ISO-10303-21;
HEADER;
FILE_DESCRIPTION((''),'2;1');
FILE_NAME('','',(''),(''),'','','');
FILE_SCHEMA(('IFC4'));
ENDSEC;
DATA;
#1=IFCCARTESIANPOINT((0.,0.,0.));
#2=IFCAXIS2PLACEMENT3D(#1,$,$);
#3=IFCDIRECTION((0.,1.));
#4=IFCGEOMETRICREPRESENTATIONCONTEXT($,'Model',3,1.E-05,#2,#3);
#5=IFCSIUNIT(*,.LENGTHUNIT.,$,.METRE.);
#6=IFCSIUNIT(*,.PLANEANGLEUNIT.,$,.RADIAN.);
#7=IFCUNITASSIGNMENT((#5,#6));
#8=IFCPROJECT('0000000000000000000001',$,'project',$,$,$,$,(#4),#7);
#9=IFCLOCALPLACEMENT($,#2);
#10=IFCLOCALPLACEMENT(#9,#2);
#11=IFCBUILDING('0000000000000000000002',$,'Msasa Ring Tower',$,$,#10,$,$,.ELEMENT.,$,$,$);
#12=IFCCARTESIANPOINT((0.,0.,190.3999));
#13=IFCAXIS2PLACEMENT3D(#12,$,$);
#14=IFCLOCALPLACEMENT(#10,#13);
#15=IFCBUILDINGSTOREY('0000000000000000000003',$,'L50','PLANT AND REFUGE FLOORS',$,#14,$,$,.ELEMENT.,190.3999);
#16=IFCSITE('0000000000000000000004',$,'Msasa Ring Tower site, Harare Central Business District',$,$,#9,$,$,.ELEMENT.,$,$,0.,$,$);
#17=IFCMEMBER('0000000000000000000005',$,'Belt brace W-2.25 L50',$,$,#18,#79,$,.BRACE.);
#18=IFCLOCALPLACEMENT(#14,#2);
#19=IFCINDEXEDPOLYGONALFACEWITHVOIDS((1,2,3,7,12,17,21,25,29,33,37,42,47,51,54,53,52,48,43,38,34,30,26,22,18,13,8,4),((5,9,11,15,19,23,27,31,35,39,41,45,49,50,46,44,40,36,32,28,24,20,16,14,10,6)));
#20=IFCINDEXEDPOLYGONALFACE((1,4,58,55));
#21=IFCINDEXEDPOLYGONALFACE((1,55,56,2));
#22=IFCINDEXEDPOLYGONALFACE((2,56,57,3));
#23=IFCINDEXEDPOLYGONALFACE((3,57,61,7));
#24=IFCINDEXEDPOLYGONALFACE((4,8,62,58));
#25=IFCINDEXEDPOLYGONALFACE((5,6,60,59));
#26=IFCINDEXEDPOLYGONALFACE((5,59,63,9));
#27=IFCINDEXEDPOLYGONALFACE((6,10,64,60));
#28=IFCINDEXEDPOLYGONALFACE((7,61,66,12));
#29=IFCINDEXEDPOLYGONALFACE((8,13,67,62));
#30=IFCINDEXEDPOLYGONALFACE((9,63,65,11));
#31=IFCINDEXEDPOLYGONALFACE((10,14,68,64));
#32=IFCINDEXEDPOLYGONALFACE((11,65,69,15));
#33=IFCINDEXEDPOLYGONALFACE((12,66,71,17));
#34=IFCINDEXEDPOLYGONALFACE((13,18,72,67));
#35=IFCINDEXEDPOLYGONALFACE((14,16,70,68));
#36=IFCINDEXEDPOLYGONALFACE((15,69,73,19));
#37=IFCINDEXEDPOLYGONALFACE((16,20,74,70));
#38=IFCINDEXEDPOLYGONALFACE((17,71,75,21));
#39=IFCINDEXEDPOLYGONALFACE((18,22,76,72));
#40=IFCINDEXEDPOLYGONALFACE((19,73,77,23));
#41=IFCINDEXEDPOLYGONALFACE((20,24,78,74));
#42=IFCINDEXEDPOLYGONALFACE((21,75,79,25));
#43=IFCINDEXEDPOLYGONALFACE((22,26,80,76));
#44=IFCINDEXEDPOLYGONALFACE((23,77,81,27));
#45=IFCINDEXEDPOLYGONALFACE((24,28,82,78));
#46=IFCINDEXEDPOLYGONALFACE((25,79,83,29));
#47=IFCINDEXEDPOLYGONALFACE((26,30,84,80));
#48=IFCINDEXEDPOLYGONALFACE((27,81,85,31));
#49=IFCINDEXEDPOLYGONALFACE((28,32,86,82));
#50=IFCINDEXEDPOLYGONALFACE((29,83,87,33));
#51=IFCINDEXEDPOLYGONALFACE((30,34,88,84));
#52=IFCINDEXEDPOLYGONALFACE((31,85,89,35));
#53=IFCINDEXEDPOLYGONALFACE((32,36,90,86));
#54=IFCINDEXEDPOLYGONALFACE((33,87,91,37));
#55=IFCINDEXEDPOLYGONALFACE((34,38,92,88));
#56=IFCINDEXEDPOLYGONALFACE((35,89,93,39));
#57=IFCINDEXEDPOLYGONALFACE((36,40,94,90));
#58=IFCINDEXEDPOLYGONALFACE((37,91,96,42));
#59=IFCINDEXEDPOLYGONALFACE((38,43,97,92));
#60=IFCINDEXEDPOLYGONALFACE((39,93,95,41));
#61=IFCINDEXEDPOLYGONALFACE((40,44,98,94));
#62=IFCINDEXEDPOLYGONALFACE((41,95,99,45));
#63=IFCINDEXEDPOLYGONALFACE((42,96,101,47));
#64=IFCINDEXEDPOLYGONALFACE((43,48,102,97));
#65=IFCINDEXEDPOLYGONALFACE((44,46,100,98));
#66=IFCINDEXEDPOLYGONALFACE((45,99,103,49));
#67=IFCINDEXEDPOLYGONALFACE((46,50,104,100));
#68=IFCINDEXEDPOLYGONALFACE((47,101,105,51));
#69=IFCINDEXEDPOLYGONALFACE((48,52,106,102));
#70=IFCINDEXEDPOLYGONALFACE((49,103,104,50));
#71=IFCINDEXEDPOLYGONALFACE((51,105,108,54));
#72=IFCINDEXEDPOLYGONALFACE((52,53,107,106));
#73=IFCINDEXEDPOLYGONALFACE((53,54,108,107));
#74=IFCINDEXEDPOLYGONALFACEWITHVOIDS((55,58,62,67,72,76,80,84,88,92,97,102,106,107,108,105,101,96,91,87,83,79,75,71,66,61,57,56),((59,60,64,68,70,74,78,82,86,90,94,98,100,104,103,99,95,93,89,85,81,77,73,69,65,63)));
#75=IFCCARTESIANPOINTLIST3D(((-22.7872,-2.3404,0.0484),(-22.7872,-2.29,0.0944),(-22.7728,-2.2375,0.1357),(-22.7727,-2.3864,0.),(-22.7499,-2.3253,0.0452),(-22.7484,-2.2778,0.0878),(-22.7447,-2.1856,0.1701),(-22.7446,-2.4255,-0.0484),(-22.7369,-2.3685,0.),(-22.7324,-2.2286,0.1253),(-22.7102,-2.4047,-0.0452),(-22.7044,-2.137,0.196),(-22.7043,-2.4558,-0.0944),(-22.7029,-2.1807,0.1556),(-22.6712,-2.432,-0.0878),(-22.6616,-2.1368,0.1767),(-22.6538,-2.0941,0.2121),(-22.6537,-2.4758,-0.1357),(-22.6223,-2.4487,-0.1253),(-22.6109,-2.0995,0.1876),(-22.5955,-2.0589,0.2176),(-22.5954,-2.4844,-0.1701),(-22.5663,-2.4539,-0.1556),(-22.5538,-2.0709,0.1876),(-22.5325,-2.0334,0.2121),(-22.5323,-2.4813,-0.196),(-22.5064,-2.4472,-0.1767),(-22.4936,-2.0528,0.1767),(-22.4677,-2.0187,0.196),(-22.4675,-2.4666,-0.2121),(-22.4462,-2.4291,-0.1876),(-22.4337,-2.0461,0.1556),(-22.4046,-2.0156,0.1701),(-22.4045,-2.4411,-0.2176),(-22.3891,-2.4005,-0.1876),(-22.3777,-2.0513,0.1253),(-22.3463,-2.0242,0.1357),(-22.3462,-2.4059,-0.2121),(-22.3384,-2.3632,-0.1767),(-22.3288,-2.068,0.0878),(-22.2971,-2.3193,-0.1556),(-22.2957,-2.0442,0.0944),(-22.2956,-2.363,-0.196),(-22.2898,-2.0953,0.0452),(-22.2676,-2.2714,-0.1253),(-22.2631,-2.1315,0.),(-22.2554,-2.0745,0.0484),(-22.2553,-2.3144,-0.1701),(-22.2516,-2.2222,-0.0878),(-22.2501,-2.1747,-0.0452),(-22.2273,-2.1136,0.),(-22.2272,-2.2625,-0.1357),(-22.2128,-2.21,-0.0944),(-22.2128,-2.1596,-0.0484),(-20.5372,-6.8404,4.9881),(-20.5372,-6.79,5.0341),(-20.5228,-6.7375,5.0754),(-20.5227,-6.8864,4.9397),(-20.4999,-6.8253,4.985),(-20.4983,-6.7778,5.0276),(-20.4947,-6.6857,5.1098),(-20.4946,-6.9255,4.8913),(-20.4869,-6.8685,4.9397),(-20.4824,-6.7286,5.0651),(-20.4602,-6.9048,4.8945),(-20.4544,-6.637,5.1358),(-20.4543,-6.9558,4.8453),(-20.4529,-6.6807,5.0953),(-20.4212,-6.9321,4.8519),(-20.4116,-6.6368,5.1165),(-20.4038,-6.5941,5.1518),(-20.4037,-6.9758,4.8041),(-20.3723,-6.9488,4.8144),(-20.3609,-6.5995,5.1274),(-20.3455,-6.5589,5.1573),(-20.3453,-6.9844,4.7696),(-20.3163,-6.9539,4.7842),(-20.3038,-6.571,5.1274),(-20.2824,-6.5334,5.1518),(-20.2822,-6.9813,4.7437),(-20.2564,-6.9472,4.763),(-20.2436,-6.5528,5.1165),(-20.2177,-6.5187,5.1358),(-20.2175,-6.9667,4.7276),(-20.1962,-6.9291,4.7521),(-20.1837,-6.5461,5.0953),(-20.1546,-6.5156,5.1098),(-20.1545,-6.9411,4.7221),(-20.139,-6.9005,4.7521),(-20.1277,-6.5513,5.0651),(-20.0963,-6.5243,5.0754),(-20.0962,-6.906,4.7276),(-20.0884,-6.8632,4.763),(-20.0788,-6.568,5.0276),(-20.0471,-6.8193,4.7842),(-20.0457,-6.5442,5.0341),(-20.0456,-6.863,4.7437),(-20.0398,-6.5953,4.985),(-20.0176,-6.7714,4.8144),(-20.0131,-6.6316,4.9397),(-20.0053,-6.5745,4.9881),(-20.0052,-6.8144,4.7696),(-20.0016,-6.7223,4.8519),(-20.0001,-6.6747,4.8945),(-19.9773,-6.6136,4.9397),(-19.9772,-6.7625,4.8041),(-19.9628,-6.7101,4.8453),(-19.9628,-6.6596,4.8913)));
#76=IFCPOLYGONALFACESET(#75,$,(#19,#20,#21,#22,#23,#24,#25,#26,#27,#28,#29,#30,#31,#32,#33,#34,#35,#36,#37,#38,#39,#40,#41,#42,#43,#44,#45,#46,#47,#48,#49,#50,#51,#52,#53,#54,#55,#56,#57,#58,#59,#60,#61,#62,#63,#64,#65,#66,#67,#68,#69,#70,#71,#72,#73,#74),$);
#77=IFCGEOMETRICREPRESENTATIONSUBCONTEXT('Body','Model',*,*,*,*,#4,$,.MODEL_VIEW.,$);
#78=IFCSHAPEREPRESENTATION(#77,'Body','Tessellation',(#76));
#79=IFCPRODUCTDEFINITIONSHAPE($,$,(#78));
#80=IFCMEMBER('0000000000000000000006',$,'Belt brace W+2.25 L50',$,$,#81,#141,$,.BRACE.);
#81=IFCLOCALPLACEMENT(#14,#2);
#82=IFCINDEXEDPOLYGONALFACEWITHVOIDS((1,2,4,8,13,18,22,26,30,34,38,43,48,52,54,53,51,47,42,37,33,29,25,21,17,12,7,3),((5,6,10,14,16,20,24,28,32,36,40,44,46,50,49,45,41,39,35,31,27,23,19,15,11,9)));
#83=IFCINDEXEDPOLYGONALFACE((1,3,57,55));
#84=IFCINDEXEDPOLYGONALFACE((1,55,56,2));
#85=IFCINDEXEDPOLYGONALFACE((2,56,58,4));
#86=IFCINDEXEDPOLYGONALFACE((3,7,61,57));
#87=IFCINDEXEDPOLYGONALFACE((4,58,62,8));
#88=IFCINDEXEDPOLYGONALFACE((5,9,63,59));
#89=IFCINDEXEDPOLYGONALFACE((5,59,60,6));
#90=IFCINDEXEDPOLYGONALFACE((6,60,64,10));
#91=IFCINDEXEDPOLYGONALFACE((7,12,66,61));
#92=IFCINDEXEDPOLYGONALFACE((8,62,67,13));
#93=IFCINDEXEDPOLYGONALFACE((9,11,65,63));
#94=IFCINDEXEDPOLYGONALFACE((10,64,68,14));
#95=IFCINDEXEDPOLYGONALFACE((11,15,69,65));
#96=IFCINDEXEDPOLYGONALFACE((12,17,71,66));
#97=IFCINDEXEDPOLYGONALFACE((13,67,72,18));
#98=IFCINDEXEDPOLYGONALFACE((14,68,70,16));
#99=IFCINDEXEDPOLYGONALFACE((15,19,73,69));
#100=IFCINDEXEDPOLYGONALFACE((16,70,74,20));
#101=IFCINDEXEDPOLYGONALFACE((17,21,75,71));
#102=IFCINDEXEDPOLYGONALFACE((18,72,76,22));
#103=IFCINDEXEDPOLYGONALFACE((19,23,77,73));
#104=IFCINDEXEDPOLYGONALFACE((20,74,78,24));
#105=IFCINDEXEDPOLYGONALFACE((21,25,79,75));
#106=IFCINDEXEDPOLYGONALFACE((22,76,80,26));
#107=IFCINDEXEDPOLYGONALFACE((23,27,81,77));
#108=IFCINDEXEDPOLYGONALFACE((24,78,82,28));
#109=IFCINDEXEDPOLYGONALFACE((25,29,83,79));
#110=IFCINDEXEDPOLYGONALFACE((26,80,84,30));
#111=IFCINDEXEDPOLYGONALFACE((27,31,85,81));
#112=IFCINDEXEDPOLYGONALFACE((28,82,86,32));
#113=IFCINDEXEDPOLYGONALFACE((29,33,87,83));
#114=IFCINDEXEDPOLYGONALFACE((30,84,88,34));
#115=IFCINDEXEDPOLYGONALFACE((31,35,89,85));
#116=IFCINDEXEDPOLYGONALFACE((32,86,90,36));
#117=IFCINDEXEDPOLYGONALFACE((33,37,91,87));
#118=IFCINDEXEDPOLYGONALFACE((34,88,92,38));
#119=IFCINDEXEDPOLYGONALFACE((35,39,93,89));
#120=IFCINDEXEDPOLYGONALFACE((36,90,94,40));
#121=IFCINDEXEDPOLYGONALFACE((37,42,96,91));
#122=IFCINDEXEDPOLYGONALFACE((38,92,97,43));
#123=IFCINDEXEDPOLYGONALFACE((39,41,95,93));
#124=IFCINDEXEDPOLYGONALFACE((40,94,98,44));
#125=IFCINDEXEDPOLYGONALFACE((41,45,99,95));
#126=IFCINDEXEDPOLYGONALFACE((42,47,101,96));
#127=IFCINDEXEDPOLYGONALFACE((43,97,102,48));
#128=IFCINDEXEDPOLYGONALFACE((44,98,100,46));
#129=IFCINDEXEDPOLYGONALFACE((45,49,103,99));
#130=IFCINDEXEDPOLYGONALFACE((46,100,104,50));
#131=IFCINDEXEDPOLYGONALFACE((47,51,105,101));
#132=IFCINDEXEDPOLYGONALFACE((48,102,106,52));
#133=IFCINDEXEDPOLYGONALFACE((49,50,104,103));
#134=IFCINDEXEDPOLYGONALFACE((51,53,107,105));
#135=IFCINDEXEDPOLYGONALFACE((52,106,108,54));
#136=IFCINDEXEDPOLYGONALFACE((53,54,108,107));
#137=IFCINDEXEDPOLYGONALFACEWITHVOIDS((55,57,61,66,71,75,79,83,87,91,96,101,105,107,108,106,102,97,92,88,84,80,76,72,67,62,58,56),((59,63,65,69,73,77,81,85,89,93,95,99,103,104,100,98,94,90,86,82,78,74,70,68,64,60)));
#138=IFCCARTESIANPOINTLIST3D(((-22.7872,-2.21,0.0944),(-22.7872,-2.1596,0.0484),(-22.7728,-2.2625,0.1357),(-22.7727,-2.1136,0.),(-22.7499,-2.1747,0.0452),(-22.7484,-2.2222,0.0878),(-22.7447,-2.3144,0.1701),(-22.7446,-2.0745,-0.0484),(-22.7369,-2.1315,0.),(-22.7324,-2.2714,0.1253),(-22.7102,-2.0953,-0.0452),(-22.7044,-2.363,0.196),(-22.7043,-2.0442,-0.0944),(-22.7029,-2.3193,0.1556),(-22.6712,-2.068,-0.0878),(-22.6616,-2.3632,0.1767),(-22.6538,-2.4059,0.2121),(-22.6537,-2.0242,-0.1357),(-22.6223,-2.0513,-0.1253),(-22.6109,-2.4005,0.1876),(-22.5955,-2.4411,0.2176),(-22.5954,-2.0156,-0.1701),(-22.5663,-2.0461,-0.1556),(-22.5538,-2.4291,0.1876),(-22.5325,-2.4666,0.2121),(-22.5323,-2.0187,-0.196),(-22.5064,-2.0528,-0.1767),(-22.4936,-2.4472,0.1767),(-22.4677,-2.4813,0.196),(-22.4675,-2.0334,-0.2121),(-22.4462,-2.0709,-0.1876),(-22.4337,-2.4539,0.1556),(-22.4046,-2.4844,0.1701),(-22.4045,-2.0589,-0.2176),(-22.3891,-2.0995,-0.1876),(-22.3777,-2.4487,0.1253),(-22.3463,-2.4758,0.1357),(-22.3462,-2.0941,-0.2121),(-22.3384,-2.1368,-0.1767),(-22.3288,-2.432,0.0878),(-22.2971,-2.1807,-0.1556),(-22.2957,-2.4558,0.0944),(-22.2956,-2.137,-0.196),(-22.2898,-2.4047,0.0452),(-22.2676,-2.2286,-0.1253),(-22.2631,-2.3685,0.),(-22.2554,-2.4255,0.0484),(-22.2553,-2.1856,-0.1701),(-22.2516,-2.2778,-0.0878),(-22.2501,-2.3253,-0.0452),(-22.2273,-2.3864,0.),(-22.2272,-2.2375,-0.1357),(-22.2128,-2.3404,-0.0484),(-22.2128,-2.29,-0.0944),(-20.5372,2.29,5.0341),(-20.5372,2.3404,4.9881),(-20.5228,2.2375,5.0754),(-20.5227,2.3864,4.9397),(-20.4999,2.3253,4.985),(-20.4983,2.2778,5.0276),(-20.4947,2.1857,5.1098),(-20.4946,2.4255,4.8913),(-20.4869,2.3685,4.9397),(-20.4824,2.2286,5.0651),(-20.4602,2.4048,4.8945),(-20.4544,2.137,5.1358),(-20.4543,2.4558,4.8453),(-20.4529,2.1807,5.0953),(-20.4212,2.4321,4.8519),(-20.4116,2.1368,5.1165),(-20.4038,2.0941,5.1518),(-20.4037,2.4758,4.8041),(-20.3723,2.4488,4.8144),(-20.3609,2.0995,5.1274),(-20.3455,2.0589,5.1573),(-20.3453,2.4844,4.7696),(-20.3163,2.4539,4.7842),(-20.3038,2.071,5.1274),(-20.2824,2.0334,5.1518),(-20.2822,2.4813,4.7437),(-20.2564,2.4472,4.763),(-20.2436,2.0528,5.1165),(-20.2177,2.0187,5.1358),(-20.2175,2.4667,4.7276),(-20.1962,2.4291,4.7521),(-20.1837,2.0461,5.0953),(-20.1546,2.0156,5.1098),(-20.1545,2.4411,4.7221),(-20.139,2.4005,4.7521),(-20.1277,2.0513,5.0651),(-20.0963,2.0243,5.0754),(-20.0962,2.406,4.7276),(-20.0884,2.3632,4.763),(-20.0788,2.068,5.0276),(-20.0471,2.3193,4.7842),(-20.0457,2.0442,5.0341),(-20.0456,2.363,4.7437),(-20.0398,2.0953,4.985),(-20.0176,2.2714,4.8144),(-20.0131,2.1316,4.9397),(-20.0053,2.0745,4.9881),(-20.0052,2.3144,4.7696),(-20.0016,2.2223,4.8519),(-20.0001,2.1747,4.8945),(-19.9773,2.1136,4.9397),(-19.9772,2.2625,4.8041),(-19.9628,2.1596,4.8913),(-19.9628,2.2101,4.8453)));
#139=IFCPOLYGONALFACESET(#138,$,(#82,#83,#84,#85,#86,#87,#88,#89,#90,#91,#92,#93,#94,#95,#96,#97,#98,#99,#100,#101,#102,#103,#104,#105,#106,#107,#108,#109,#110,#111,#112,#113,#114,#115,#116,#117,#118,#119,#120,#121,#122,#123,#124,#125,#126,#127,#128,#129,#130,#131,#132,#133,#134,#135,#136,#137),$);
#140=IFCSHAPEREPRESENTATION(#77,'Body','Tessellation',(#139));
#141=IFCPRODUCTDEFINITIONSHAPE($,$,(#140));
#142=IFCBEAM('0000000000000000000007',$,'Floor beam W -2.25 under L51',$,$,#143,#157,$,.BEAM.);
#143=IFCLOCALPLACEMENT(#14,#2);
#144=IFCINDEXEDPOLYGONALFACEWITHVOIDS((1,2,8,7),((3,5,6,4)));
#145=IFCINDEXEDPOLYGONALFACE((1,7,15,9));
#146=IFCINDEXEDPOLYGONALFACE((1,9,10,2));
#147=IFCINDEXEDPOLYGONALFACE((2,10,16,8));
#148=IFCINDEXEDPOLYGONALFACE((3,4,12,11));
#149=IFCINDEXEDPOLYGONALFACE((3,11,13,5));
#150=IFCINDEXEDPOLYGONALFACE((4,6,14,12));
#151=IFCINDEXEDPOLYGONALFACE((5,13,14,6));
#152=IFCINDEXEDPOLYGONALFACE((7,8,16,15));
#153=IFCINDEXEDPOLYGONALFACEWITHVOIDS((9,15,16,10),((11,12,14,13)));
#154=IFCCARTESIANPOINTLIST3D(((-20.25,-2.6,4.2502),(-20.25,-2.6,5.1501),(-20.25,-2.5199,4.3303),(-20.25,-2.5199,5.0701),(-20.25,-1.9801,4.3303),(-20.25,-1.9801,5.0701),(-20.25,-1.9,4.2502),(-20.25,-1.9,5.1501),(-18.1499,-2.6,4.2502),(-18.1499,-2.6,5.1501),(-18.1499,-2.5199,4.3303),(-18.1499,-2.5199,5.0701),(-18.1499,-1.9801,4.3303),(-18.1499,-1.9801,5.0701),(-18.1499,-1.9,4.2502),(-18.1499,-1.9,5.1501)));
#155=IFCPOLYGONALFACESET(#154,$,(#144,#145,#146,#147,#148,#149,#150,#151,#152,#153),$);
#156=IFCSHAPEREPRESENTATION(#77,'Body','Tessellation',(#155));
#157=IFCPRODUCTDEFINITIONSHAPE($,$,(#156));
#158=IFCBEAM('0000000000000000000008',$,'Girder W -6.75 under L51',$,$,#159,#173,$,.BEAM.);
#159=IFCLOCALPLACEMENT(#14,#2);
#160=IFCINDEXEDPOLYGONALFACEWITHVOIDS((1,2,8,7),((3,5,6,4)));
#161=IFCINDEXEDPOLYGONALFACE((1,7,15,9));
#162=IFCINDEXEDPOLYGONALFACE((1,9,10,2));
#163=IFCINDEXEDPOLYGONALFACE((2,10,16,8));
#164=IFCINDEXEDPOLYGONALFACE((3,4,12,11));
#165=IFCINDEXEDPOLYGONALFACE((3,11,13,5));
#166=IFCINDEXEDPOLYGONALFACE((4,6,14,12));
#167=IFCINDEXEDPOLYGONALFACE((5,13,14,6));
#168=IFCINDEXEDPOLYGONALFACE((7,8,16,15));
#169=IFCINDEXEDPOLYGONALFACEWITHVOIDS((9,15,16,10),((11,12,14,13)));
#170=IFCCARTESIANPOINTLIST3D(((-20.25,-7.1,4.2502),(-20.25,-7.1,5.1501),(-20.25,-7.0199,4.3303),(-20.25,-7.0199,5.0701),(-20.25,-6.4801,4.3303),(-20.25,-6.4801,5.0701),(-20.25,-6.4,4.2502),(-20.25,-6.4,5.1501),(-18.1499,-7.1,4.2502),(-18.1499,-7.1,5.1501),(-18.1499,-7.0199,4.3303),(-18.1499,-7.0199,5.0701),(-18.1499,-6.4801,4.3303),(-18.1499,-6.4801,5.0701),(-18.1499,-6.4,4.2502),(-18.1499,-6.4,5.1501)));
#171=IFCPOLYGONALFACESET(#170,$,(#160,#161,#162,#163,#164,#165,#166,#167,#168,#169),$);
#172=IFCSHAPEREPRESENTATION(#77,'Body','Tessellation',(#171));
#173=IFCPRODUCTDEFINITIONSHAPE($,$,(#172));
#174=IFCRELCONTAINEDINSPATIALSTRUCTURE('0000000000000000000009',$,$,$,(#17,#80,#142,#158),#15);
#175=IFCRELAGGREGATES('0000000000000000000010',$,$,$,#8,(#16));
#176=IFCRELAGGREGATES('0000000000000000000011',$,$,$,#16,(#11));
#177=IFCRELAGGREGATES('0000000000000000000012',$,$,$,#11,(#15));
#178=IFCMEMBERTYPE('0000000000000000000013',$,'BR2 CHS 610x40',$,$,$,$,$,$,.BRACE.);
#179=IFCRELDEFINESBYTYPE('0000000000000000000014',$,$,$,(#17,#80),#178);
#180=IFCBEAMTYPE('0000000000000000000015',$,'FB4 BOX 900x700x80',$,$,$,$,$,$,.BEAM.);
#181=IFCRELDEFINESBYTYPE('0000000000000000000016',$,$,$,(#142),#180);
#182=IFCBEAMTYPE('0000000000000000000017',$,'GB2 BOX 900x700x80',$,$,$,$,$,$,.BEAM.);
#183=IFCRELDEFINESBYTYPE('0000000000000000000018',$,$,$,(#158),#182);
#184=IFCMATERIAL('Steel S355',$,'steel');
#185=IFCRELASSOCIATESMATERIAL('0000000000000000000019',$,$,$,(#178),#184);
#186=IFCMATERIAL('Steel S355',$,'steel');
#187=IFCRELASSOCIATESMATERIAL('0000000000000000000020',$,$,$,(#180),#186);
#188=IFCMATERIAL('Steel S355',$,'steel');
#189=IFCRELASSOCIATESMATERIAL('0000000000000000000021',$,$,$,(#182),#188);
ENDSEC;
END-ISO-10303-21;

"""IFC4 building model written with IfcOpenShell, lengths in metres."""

from ifc_helpers import new_model, si_unit, direction, frame, origin, origin_2d, place, context, subcontext, project, spatial, hollow_rectangle, hollow_circle, extrude, material, material_profile, profile_set, type_object, element, save


model = new_model("IFC4")

# Units and contexts
model_context = context("Model", 3, precision=1e-05, world=origin(), true_north=direction((0.0, 1.0)))
body_context = subcontext(model_context, "Body", "Model", "MODEL_VIEW")
ifc_project = project(units=[si_unit("LENGTHUNIT", "METRE"), si_unit("PLANEANGLEUNIT", "RADIAN")], contexts=[model_context])

# Site, building, storey
site_placement = place(None, origin())
site = spatial("IfcSite", under=ifc_project, at=site_placement, Name="Msasa Ring Tower site, Harare Central Business District", CompositionType="ELEMENT", RefElevation=0.0)
building_placement = place(site_placement, origin())
building = spatial("IfcBuilding", under=site, at=building_placement, Name="Msasa Ring Tower", CompositionType="ELEMENT")
storey_placement = place(building_placement, frame((0.0, 0.0, 190.3999)))
storey = spatial("IfcBuildingStorey", under=building, at=storey_placement, Name="L50", Description="PLANT AND REFUGE FLOORS", CompositionType="ELEMENT", Elevation=190.3999)

# Members
ifc_material_1 = material(Name="Steel S355", Category="steel")
ifc_material_profile_1 = material_profile(ifc_material_1, hollow_circle(Radius=0.3049, WallThickness=0.04, at=origin_2d()), Name="CHS 610x40")
ifc_profile_set_1 = profile_set([ifc_material_profile_1], Name="Steel S355")
member_type = type_object("IfcMemberType", Name="BR2 CHS 610x40", PredefinedType="BRACE", material=ifc_profile_set_1)
for number, where, z_axis, x_axis, name in (
    (1, (-22.5, -2.25, 0.0), (0.319115, -0.63823, 0.700592), (0.894427, 0.447214, 0.0), "Belt brace W-2.25 L50"),
    (2, (-22.5, -2.25, 0.0), (0.319115, 0.63823, 0.700592), (-0.894427, 0.447214, 0.0), "Belt brace W+2.25 L50"),
):
    element("IfcMember", number, at=place(storey_placement, frame(where, z_axis=z_axis, x_axis=x_axis)), inside=storey, type_object=member_type, Name=name, PredefinedType="BRACE", context=body_context, shape_type="SweptSolid", body=[
        extrude(hollow_circle(Radius=0.3049, WallThickness=0.04, at=origin_2d()), origin(), (0.0, 0.0, 1.0), 7.0508),
    ])

# Beams
ifc_material_2 = material(Name="Steel S355", Category="steel")
ifc_material_profile_2 = material_profile(ifc_material_2, hollow_rectangle(XDim=0.7, YDim=0.8999, WallThickness=0.0801, at=origin_2d()), Name="BOX 900x700x80")
ifc_profile_set_2 = profile_set([ifc_material_profile_2], Name="Steel S355")
beam_type_1 = type_object("IfcBeamType", Name="FB4 BOX 900x700x80", PredefinedType="BEAM", material=ifc_profile_set_2)
beam_1_placement = place(storey_placement, frame((-20.25, -2.25, 4.7002), z_axis=(1.0, 0.0, 0.0), x_axis=(0.0, 1.0, 0.0)))
element("IfcBeam", 3, at=beam_1_placement, inside=storey, type_object=beam_type_1, Name="Floor beam W -2.25 under L51", PredefinedType="BEAM", context=body_context, shape_type="SweptSolid", body=[
    extrude(hollow_rectangle(XDim=0.7, YDim=0.8999, WallThickness=0.0801, at=origin_2d()), origin(), (0.0, 0.0, 1.0), 2.1001),
])
ifc_material_3 = material(Name="Steel S355", Category="steel")
ifc_material_profile_3 = material_profile(ifc_material_3, hollow_rectangle(XDim=0.7, YDim=0.8999, WallThickness=0.0801, at=origin_2d()), Name="BOX 900x700x80")
ifc_profile_set_3 = profile_set([ifc_material_profile_3], Name="Steel S355")
beam_type_2 = type_object("IfcBeamType", Name="GB2 BOX 900x700x80", PredefinedType="BEAM", material=ifc_profile_set_3)
beam_2_placement = place(storey_placement, frame((-18.1499, -6.75, 4.7002), z_axis=(-1.0, 0.0, 0.0), x_axis=(0.0, -1.0, 0.0)))
element("IfcBeam", 4, at=beam_2_placement, inside=storey, type_object=beam_type_2, Name="Girder W -6.75 under L51", PredefinedType="BEAM", context=body_context, shape_type="SweptSolid", body=[
    extrude(hollow_rectangle(XDim=0.7, YDim=0.8999, WallThickness=0.0801, at=origin_2d()), origin(), (0.0, 0.0, 1.0), 2.1001),
])

save(model, "model.ifc")
